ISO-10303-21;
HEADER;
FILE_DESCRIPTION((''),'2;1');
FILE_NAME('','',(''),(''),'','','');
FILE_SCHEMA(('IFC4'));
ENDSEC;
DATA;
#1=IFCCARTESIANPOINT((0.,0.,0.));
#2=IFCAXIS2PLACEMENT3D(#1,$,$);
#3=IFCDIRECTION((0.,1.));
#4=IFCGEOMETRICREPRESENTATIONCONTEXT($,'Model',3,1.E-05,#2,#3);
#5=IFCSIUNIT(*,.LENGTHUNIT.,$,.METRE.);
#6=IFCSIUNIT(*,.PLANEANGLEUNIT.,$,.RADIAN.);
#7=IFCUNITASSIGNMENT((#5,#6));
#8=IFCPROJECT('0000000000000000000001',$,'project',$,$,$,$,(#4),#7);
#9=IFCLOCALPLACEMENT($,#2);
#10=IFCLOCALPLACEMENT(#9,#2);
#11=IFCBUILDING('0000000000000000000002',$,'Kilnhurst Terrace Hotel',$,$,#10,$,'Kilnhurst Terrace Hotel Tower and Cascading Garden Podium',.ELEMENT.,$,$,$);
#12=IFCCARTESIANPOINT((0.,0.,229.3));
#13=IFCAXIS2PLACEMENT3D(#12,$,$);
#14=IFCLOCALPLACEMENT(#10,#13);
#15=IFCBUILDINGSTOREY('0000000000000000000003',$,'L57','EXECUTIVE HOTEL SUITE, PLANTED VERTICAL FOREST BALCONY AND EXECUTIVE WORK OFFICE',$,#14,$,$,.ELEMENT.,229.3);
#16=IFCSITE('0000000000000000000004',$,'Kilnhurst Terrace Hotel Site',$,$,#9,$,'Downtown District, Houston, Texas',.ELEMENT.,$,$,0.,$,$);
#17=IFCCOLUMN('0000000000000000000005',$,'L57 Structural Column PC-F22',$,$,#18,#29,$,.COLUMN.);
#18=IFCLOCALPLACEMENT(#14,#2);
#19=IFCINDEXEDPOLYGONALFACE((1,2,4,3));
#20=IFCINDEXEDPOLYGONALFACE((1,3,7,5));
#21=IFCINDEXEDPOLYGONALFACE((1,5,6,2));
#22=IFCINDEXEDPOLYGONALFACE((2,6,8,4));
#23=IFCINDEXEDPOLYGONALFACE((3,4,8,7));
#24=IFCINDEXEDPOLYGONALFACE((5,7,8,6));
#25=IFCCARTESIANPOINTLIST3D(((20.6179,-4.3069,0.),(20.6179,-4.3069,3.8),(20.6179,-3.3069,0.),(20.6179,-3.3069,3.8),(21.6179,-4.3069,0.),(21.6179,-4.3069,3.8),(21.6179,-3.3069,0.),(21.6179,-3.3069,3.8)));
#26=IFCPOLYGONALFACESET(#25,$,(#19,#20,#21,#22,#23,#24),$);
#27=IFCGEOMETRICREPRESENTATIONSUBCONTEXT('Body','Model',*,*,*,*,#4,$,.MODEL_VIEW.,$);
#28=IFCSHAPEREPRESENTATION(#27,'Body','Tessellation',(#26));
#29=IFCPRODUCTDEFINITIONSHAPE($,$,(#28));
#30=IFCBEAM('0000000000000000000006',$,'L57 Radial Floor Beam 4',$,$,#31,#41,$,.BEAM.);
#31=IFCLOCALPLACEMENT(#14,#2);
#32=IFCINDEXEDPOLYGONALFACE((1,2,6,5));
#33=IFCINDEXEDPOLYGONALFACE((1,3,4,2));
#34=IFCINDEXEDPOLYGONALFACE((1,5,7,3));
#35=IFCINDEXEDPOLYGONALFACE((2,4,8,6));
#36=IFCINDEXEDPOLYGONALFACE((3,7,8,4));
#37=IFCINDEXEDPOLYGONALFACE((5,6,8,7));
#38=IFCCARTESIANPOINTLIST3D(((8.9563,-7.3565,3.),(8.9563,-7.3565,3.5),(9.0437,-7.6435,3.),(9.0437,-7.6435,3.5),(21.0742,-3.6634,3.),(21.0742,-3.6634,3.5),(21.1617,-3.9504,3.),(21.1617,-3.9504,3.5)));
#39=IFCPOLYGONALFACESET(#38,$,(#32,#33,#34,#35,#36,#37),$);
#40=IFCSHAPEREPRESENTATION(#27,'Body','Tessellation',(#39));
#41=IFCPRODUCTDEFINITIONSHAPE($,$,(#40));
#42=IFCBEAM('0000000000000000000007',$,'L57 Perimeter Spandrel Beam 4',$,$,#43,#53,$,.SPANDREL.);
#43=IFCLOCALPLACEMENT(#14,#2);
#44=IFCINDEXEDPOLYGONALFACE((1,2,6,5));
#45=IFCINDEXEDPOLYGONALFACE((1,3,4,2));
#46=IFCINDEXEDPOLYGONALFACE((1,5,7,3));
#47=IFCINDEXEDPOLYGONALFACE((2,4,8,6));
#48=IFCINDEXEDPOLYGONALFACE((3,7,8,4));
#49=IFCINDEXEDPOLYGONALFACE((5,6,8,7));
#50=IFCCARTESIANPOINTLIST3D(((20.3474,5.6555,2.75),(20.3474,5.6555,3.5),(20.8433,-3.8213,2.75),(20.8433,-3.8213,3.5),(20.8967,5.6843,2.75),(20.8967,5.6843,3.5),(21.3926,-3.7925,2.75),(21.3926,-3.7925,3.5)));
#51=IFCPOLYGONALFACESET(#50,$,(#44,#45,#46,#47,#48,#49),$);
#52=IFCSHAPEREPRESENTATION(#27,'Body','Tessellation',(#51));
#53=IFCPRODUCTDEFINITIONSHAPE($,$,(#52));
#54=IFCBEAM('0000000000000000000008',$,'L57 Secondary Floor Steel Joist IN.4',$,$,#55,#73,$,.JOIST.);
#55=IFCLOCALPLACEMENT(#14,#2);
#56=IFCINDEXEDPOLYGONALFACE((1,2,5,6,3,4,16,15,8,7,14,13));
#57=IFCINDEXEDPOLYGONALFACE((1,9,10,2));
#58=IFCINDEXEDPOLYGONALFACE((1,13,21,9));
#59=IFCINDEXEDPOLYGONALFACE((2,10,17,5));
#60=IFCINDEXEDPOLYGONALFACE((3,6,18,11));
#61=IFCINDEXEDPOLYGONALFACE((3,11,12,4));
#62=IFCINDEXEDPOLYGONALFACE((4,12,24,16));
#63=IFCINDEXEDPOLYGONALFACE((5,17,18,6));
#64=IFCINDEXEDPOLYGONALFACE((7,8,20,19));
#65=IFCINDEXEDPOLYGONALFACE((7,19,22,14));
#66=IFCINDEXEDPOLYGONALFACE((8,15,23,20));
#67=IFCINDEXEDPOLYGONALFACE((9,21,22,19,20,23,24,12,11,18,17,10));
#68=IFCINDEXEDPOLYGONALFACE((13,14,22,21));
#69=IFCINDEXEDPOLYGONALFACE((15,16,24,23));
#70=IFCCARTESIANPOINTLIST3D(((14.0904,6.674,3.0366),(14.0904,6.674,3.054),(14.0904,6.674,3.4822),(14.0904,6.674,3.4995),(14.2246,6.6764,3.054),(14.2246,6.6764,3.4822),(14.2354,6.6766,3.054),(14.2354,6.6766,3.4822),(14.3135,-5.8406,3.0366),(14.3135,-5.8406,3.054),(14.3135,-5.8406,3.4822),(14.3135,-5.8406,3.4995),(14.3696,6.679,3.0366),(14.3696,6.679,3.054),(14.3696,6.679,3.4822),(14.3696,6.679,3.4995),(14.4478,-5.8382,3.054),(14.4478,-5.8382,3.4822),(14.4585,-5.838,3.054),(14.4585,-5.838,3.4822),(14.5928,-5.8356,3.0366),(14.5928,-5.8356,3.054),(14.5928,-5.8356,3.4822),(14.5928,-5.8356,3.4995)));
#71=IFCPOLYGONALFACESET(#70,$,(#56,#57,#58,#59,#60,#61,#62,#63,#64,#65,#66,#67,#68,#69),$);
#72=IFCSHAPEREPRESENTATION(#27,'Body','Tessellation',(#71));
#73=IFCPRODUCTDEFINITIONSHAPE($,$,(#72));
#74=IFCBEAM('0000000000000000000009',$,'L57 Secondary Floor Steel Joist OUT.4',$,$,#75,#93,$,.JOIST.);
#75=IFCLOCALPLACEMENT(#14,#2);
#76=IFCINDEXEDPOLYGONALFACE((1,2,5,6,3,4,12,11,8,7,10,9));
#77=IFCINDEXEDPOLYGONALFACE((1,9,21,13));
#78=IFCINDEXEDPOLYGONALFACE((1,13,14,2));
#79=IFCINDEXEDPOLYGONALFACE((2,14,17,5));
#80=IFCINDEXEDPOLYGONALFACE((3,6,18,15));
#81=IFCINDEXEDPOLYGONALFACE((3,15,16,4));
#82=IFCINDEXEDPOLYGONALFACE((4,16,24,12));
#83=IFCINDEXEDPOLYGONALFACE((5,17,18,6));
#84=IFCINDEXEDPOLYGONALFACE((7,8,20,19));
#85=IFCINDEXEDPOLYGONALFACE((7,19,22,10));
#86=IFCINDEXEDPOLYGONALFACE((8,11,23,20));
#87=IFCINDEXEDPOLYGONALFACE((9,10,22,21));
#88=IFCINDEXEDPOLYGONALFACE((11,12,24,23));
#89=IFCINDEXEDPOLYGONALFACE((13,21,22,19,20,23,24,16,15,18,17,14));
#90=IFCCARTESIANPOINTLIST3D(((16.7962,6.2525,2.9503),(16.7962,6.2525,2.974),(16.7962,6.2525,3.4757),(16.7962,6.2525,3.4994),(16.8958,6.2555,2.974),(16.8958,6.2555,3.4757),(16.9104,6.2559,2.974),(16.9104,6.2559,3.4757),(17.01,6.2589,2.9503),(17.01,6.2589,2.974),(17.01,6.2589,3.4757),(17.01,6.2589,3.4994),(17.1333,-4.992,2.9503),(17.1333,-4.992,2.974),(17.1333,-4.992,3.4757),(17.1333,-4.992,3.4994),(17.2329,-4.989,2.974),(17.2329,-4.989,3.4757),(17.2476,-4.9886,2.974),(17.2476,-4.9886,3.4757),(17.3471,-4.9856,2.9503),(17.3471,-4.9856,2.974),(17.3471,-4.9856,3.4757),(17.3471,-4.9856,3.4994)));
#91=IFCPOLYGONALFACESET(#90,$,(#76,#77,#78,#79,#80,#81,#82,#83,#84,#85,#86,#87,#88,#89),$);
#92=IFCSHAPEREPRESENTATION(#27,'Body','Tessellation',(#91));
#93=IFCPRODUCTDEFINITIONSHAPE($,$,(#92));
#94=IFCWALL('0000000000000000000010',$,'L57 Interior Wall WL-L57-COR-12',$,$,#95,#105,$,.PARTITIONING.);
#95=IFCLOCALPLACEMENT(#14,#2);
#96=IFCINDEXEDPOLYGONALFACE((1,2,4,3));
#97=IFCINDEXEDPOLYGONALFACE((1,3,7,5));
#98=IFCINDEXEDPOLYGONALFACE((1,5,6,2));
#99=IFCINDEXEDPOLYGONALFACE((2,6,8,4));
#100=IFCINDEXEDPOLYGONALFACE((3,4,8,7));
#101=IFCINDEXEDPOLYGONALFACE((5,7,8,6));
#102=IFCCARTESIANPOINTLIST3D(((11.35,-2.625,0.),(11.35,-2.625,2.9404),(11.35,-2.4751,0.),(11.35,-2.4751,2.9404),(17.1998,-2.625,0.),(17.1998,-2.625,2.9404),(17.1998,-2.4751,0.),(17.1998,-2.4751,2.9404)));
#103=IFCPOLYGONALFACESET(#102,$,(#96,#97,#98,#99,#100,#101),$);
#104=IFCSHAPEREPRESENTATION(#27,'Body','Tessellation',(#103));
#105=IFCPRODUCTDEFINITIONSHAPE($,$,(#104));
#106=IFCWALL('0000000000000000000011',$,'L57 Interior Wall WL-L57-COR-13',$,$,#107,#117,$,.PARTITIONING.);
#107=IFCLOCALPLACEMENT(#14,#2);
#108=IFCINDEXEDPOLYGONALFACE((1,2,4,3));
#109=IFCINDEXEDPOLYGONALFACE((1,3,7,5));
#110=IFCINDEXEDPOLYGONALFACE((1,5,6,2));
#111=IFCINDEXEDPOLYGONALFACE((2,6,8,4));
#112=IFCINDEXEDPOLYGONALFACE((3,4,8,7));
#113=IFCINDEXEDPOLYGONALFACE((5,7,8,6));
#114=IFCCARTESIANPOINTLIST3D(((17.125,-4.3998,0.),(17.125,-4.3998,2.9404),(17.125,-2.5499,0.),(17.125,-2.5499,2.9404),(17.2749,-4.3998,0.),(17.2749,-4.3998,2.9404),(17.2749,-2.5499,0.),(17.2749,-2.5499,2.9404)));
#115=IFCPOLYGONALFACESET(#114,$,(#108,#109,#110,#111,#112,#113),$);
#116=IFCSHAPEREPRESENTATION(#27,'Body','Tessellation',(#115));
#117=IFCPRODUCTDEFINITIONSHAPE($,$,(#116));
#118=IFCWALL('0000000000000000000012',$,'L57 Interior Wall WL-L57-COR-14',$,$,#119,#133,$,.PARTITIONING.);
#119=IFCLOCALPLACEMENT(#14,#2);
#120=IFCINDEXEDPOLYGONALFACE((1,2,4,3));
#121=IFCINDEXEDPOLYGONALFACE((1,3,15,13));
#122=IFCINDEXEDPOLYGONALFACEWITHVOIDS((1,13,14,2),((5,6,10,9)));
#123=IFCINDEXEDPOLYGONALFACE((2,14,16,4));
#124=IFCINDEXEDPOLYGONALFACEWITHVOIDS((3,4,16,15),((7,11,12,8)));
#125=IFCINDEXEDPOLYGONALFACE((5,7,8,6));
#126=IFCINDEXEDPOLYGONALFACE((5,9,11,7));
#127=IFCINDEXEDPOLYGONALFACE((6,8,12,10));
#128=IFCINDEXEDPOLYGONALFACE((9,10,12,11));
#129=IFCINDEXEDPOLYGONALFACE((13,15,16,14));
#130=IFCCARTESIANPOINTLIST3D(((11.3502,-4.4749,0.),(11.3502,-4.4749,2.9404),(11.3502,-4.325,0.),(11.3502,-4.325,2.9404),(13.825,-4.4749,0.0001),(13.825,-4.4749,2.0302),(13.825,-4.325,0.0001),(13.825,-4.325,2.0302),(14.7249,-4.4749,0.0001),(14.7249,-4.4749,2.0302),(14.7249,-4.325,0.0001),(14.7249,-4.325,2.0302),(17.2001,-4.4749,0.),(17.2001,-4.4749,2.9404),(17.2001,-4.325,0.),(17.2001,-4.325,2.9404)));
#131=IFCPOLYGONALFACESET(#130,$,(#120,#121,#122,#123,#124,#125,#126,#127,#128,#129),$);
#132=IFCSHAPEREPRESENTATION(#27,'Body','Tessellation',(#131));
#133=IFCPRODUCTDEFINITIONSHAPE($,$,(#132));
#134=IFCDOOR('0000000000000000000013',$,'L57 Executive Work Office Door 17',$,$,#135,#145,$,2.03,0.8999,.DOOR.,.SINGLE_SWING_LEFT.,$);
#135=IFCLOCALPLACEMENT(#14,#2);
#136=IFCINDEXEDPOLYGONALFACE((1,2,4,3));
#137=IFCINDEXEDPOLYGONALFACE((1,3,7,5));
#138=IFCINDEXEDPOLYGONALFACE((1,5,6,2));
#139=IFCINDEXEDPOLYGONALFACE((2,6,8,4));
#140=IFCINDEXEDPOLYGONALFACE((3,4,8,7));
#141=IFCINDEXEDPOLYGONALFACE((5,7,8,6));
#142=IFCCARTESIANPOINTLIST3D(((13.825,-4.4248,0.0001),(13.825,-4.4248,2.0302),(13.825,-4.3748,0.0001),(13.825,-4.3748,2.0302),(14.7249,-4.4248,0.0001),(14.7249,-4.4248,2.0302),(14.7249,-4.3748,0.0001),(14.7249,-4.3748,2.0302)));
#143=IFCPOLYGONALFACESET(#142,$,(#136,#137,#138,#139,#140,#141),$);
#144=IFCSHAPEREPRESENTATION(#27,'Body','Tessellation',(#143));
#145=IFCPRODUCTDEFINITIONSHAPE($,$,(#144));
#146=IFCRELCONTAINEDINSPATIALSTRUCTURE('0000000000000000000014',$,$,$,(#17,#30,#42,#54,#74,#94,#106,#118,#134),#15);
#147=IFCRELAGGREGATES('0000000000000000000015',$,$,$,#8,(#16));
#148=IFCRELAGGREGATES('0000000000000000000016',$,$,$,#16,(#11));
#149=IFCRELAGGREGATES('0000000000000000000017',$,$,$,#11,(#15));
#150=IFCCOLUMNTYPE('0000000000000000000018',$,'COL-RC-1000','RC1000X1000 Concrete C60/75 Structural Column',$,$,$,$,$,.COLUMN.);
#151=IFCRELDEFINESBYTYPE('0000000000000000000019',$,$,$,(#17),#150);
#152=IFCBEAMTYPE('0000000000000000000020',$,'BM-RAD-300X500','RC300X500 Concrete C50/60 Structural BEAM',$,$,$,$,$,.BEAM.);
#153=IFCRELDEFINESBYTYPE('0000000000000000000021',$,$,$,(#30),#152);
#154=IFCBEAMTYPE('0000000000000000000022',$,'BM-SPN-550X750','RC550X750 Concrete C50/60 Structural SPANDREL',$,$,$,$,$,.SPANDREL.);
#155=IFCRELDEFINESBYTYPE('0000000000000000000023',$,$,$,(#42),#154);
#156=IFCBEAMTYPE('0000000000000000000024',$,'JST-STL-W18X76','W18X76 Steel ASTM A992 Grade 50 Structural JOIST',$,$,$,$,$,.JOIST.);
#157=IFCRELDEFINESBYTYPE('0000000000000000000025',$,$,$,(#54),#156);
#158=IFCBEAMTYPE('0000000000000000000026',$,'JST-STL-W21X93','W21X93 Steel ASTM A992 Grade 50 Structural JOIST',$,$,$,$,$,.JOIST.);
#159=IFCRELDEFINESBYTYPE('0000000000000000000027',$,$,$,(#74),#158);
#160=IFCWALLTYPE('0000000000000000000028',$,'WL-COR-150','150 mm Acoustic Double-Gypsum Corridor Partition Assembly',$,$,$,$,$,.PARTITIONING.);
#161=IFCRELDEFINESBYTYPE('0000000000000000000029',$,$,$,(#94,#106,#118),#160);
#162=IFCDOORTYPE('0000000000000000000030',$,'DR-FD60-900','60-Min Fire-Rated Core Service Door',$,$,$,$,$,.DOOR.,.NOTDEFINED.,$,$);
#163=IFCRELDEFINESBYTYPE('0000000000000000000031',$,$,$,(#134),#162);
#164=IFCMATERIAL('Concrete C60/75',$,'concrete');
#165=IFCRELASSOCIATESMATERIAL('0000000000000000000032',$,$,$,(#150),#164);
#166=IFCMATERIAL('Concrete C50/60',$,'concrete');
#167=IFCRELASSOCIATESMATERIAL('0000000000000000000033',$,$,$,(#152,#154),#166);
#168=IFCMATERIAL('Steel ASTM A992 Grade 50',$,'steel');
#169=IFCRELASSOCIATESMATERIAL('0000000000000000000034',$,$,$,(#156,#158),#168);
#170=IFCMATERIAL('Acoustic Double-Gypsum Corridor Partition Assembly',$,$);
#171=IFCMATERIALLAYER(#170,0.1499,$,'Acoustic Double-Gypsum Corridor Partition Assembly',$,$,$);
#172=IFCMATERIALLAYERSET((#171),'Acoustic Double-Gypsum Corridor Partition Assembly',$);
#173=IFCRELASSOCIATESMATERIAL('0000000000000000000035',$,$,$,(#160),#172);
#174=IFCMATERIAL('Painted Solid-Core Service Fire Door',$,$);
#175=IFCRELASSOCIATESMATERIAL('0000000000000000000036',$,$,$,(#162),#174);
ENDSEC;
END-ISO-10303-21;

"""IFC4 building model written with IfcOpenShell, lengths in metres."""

from ifc_helpers import new_model, si_unit, direction, frame, frame_2d, origin, origin_2d, place, context, subcontext, project, spatial, rectangle, i_section, extrude, material, layer, layer_set, material_profile, profile_set, type_object, element, fill, save


model = new_model("IFC4")

# Units and contexts
model_context = context("Model", 3, precision=1e-05, world=origin(), true_north=direction((0.0, 1.0)))
body_context = subcontext(model_context, "Body", "Model", "MODEL_VIEW")
ifc_project = project(units=[si_unit("LENGTHUNIT", "METRE"), si_unit("PLANEANGLEUNIT", "RADIAN")], contexts=[model_context])

# Site, building, storey
site_placement = place(None, origin())
site = spatial("IfcSite", under=ifc_project, at=site_placement, Name="Kilnhurst Terrace Hotel Site", LongName="Downtown District, Houston, Texas", CompositionType="ELEMENT", RefElevation=0.0)
building_placement = place(site_placement, origin())
building = spatial("IfcBuilding", under=site, at=building_placement, Name="Kilnhurst Terrace Hotel", LongName="Kilnhurst Terrace Hotel Tower and Cascading Garden Podium", CompositionType="ELEMENT")
storey_placement = place(building_placement, frame((0.0, 0.0, 229.3)))
storey = spatial("IfcBuildingStorey", under=building, at=storey_placement, Name="L57", Description="EXECUTIVE HOTEL SUITE, PLANTED VERTICAL FOREST BALCONY AND EXECUTIVE WORK OFFICE", CompositionType="ELEMENT", Elevation=229.3)

# Column
ifc_material_1 = material(Name="Concrete C60/75", Category="concrete")
ifc_material_profile_1 = material_profile(ifc_material_1, rectangle(XDim=1.0, YDim=1.0, at=origin_2d()), Name="RC1000X1000")
ifc_profile_set_1 = profile_set([ifc_material_profile_1], Name="Concrete C60/75")
column_type = type_object("IfcColumnType", Name="COL-RC-1000", Description="RC1000X1000 Concrete C60/75 Structural Column", PredefinedType="COLUMN", material=ifc_profile_set_1)
column_placement = place(storey_placement, frame((21.1179, -3.8069, 0.0), z_axis=(0.0, 0.0, 1.0), x_axis=(1.0, 0.0, 0.0)))
element("IfcColumn", 1, at=column_placement, inside=storey, type_object=column_type, Name="L57 Structural Column PC-F22", PredefinedType="COLUMN", context=body_context, shape_type="SweptSolid", body=[
    extrude(rectangle(XDim=1.0, YDim=1.0, at=origin_2d()), origin(), (0.0, 0.0, 1.0), 3.8),
])

# Beams
ifc_material_2 = material(Name="Concrete C50/60", Category="concrete")
ifc_material_profile_2 = material_profile(ifc_material_2, rectangle(XDim=0.3, YDim=0.5, at=origin_2d()), Name="RC300X500")
ifc_profile_set_2 = profile_set([ifc_material_profile_2], Name="Concrete C50/60")
beam_type_1 = type_object("IfcBeamType", Name="BM-RAD-300X500", Description="RC300X500 Concrete C50/60 Structural BEAM", PredefinedType="BEAM", material=ifc_profile_set_2)
beam_1_placement = place(storey_placement, frame((9.0, -7.5, 3.25), z_axis=(0.956563, 0.291527, 0.0), x_axis=(-0.291527, 0.956563, 0.0)))
element("IfcBeam", 2, at=beam_1_placement, inside=storey, type_object=beam_type_1, Name="L57 Radial Floor Beam 4", PredefinedType="BEAM", context=body_context, shape_type="SweptSolid", body=[
    extrude(rectangle(XDim=0.3, YDim=0.5, at=origin_2d()), origin(), (0.0, 0.0, 1.0), 12.6682),
])
ifc_material_profile_3 = material_profile(ifc_material_2, rectangle(XDim=0.55, YDim=0.75, at=origin_2d()), Name="RC550X750")
ifc_profile_set_3 = profile_set([ifc_material_profile_3], Name="Concrete C50/60")
beam_type_2 = type_object("IfcBeamType", Name="BM-SPN-550X750", Description="RC550X750 Concrete C50/60 Structural SPANDREL", PredefinedType="SPANDREL", material=ifc_profile_set_3)
beam_2_placement = place(storey_placement, frame((21.1179, -3.8069, 3.125), z_axis=(-0.052251, 0.998634, 0.0), x_axis=(-0.998634, -0.052251, 0.0)))
element("IfcBeam", 3, at=beam_2_placement, inside=storey, type_object=beam_type_2, Name="L57 Perimeter Spandrel Beam 4", PredefinedType="SPANDREL", context=body_context, shape_type="SweptSolid", body=[
    extrude(rectangle(XDim=0.55, YDim=0.75, at=origin_2d()), origin(), (0.0, 0.0, 1.0), 9.4897),
])
ifc_material_3 = material(Name="Steel ASTM A992 Grade 50", Category="steel")
ifc_material_profile_4 = material_profile(ifc_material_3, i_section(OverallWidth=0.2793, OverallDepth=0.4629, WebThickness=0.0107, FlangeThickness=0.0173, at=origin_2d()), Name="W18X76")
ifc_profile_set_4 = profile_set([ifc_material_profile_4], Name="Steel ASTM A992 Grade 50")
beam_type_3 = type_object("IfcBeamType", Name="JST-STL-W18X76", Description="W18X76 Steel ASTM A992 Grade 50 Structural JOIST", PredefinedType="JOIST", material=ifc_profile_set_4)
beam_3_placement = place(storey_placement, frame((14.4531, -5.8381, 3.2681), z_axis=(-0.017828, 0.999841, 0.0), x_axis=(-0.999841, -0.017828, 0.0)))
element("IfcBeam", 4, at=beam_3_placement, inside=storey, type_object=beam_type_3, Name="L57 Secondary Floor Steel Joist IN.4", PredefinedType="JOIST", context=body_context, shape_type="SweptSolid", body=[
    extrude(i_section(OverallWidth=0.2793, OverallDepth=0.4629, WebThickness=0.0107, FlangeThickness=0.0173, at=origin_2d()), origin(), (0.0, 0.0, 1.0), 12.5166),
])
ifc_material_profile_5 = material_profile(ifc_material_3, i_section(OverallWidth=0.2139, OverallDepth=0.5491, WebThickness=0.0146, FlangeThickness=0.0237, at=origin_2d()), Name="W21X93")
ifc_profile_set_5 = profile_set([ifc_material_profile_5], Name="Steel ASTM A992 Grade 50")
beam_type_4 = type_object("IfcBeamType", Name="JST-STL-W21X93", Description="W21X93 Steel ASTM A992 Grade 50 Structural JOIST", PredefinedType="JOIST", material=ifc_profile_set_5)
beam_4_placement = place(storey_placement, frame((17.2402, -4.9888, 3.2249), z_axis=(-0.029971, 0.999551, 0.0), x_axis=(-0.999551, -0.029971, 0.0)))
element("IfcBeam", 5, at=beam_4_placement, inside=storey, type_object=beam_type_4, Name="L57 Secondary Floor Steel Joist OUT.4", PredefinedType="JOIST", context=body_context, shape_type="SweptSolid", body=[
    extrude(i_section(OverallWidth=0.2139, OverallDepth=0.5491, WebThickness=0.0146, FlangeThickness=0.0237, at=origin_2d()), origin(), (0.0, 0.0, 1.0), 11.2495),
])

# Walls
ifc_material_4 = material(Name="Acoustic Double-Gypsum Corridor Partition Assembly")
ifc_layer_1 = layer(ifc_material_4, 0.1499, Name="Acoustic Double-Gypsum Corridor Partition Assembly")
ifc_layer_set_1 = layer_set([ifc_layer_1], Name="Acoustic Double-Gypsum Corridor Partition Assembly")
wall_type_1 = type_object("IfcWallType", Name="WL-COR-150", Description="150 mm Acoustic Double-Gypsum Corridor Partition Assembly", PredefinedType="PARTITIONING", material=ifc_layer_set_1)
wall_1_placement = place(storey_placement, frame((11.3501, -2.55, 0.0), z_axis=(0.0, 0.0, 1.0), x_axis=(1.0, 0.0, 0.0)))
element("IfcWall", 6, at=wall_1_placement, inside=storey, type_object=wall_type_1, Name="L57 Interior Wall WL-L57-COR-12", PredefinedType="PARTITIONING", context=body_context, shape_type="SweptSolid", body=[
    extrude(rectangle(XDim=5.8499, YDim=0.1499, at=frame_2d((2.9248, 0.0))), origin(), (0.0, 0.0, 1.0), 2.9404),
])
wall_2_placement = place(storey_placement, frame((17.2, -2.55, 0.0), z_axis=(0.0, 0.0, 1.0), x_axis=(0.0, -1.0, 0.0)))
element("IfcWall", 7, at=wall_2_placement, inside=storey, type_object=wall_type_1, Name="L57 Interior Wall WL-L57-COR-13", PredefinedType="PARTITIONING", context=body_context, shape_type="SweptSolid", body=[
    extrude(rectangle(XDim=1.8499, YDim=0.1499, at=frame_2d((0.9248, 0.0))), origin(), (0.0, 0.0, 1.0), 2.9404),
])

# Wall, opening, door
wall_3_placement = place(storey_placement, frame((17.2, -4.3999, 0.0), z_axis=(0.0, 0.0, 1.0), x_axis=(-1.0, 0.0, 0.0)))
wall_3 = element("IfcWall", 8, at=wall_3_placement, inside=storey, type_object=wall_type_1, Name="L57 Interior Wall WL-L57-COR-14", PredefinedType="PARTITIONING", context=body_context, shape_type="SweptSolid", body=[
    extrude(rectangle(XDim=5.8499, YDim=0.1499, at=frame_2d((2.9248, 0.0))), origin(), (0.0, 0.0, 1.0), 2.9404),
])
opening_1_placement = place(wall_3_placement, frame((2.4751, 0.0, 0.0)))
opening_1 = element("IfcOpeningElement", 9, at=opening_1_placement, cuts=wall_3, PredefinedType="OPENING", context=body_context, shape_type="SweptSolid", body=[
    extrude(rectangle(XDim=0.8999, YDim=2.03, at=frame_2d((0.45, 1.0151))), frame((0.0, 0.085, 0.0), z_axis=(0.0, -1.0, 0.0), x_axis=(1.0, 0.0, 0.0)), (0.0, 0.0, 1.0), 0.1699),
])
ifc_material_5 = material(Name="Painted Solid-Core Service Fire Door")
door_type_1 = type_object("IfcDoorType", Name="DR-FD60-900", Description="60-Min Fire-Rated Core Service Door", OperationType="NOTDEFINED", PredefinedType="DOOR", material=ifc_material_5)
door_1_placement = place(opening_1_placement, origin())
door_1 = element("IfcDoor", 10, at=door_1_placement, inside=storey, type_object=door_type_1, Name="L57 Executive Work Office Door 17", OperationType="SINGLE_SWING_LEFT", OverallHeight=2.03, OverallWidth=0.8999, PredefinedType="DOOR", context=body_context, shape_type="SweptSolid", body=[
    extrude(rectangle(XDim=0.8999, YDim=2.03, at=frame_2d((0.45, 1.0151))), frame((0.0, 0.0249, 0.0), z_axis=(0.0, -1.0, 0.0), x_axis=(1.0, 0.0, 0.0)), (0.0, 0.0, 1.0), 0.05),
])
fill(opening_1, door_1)

save(model, "model.ifc")
